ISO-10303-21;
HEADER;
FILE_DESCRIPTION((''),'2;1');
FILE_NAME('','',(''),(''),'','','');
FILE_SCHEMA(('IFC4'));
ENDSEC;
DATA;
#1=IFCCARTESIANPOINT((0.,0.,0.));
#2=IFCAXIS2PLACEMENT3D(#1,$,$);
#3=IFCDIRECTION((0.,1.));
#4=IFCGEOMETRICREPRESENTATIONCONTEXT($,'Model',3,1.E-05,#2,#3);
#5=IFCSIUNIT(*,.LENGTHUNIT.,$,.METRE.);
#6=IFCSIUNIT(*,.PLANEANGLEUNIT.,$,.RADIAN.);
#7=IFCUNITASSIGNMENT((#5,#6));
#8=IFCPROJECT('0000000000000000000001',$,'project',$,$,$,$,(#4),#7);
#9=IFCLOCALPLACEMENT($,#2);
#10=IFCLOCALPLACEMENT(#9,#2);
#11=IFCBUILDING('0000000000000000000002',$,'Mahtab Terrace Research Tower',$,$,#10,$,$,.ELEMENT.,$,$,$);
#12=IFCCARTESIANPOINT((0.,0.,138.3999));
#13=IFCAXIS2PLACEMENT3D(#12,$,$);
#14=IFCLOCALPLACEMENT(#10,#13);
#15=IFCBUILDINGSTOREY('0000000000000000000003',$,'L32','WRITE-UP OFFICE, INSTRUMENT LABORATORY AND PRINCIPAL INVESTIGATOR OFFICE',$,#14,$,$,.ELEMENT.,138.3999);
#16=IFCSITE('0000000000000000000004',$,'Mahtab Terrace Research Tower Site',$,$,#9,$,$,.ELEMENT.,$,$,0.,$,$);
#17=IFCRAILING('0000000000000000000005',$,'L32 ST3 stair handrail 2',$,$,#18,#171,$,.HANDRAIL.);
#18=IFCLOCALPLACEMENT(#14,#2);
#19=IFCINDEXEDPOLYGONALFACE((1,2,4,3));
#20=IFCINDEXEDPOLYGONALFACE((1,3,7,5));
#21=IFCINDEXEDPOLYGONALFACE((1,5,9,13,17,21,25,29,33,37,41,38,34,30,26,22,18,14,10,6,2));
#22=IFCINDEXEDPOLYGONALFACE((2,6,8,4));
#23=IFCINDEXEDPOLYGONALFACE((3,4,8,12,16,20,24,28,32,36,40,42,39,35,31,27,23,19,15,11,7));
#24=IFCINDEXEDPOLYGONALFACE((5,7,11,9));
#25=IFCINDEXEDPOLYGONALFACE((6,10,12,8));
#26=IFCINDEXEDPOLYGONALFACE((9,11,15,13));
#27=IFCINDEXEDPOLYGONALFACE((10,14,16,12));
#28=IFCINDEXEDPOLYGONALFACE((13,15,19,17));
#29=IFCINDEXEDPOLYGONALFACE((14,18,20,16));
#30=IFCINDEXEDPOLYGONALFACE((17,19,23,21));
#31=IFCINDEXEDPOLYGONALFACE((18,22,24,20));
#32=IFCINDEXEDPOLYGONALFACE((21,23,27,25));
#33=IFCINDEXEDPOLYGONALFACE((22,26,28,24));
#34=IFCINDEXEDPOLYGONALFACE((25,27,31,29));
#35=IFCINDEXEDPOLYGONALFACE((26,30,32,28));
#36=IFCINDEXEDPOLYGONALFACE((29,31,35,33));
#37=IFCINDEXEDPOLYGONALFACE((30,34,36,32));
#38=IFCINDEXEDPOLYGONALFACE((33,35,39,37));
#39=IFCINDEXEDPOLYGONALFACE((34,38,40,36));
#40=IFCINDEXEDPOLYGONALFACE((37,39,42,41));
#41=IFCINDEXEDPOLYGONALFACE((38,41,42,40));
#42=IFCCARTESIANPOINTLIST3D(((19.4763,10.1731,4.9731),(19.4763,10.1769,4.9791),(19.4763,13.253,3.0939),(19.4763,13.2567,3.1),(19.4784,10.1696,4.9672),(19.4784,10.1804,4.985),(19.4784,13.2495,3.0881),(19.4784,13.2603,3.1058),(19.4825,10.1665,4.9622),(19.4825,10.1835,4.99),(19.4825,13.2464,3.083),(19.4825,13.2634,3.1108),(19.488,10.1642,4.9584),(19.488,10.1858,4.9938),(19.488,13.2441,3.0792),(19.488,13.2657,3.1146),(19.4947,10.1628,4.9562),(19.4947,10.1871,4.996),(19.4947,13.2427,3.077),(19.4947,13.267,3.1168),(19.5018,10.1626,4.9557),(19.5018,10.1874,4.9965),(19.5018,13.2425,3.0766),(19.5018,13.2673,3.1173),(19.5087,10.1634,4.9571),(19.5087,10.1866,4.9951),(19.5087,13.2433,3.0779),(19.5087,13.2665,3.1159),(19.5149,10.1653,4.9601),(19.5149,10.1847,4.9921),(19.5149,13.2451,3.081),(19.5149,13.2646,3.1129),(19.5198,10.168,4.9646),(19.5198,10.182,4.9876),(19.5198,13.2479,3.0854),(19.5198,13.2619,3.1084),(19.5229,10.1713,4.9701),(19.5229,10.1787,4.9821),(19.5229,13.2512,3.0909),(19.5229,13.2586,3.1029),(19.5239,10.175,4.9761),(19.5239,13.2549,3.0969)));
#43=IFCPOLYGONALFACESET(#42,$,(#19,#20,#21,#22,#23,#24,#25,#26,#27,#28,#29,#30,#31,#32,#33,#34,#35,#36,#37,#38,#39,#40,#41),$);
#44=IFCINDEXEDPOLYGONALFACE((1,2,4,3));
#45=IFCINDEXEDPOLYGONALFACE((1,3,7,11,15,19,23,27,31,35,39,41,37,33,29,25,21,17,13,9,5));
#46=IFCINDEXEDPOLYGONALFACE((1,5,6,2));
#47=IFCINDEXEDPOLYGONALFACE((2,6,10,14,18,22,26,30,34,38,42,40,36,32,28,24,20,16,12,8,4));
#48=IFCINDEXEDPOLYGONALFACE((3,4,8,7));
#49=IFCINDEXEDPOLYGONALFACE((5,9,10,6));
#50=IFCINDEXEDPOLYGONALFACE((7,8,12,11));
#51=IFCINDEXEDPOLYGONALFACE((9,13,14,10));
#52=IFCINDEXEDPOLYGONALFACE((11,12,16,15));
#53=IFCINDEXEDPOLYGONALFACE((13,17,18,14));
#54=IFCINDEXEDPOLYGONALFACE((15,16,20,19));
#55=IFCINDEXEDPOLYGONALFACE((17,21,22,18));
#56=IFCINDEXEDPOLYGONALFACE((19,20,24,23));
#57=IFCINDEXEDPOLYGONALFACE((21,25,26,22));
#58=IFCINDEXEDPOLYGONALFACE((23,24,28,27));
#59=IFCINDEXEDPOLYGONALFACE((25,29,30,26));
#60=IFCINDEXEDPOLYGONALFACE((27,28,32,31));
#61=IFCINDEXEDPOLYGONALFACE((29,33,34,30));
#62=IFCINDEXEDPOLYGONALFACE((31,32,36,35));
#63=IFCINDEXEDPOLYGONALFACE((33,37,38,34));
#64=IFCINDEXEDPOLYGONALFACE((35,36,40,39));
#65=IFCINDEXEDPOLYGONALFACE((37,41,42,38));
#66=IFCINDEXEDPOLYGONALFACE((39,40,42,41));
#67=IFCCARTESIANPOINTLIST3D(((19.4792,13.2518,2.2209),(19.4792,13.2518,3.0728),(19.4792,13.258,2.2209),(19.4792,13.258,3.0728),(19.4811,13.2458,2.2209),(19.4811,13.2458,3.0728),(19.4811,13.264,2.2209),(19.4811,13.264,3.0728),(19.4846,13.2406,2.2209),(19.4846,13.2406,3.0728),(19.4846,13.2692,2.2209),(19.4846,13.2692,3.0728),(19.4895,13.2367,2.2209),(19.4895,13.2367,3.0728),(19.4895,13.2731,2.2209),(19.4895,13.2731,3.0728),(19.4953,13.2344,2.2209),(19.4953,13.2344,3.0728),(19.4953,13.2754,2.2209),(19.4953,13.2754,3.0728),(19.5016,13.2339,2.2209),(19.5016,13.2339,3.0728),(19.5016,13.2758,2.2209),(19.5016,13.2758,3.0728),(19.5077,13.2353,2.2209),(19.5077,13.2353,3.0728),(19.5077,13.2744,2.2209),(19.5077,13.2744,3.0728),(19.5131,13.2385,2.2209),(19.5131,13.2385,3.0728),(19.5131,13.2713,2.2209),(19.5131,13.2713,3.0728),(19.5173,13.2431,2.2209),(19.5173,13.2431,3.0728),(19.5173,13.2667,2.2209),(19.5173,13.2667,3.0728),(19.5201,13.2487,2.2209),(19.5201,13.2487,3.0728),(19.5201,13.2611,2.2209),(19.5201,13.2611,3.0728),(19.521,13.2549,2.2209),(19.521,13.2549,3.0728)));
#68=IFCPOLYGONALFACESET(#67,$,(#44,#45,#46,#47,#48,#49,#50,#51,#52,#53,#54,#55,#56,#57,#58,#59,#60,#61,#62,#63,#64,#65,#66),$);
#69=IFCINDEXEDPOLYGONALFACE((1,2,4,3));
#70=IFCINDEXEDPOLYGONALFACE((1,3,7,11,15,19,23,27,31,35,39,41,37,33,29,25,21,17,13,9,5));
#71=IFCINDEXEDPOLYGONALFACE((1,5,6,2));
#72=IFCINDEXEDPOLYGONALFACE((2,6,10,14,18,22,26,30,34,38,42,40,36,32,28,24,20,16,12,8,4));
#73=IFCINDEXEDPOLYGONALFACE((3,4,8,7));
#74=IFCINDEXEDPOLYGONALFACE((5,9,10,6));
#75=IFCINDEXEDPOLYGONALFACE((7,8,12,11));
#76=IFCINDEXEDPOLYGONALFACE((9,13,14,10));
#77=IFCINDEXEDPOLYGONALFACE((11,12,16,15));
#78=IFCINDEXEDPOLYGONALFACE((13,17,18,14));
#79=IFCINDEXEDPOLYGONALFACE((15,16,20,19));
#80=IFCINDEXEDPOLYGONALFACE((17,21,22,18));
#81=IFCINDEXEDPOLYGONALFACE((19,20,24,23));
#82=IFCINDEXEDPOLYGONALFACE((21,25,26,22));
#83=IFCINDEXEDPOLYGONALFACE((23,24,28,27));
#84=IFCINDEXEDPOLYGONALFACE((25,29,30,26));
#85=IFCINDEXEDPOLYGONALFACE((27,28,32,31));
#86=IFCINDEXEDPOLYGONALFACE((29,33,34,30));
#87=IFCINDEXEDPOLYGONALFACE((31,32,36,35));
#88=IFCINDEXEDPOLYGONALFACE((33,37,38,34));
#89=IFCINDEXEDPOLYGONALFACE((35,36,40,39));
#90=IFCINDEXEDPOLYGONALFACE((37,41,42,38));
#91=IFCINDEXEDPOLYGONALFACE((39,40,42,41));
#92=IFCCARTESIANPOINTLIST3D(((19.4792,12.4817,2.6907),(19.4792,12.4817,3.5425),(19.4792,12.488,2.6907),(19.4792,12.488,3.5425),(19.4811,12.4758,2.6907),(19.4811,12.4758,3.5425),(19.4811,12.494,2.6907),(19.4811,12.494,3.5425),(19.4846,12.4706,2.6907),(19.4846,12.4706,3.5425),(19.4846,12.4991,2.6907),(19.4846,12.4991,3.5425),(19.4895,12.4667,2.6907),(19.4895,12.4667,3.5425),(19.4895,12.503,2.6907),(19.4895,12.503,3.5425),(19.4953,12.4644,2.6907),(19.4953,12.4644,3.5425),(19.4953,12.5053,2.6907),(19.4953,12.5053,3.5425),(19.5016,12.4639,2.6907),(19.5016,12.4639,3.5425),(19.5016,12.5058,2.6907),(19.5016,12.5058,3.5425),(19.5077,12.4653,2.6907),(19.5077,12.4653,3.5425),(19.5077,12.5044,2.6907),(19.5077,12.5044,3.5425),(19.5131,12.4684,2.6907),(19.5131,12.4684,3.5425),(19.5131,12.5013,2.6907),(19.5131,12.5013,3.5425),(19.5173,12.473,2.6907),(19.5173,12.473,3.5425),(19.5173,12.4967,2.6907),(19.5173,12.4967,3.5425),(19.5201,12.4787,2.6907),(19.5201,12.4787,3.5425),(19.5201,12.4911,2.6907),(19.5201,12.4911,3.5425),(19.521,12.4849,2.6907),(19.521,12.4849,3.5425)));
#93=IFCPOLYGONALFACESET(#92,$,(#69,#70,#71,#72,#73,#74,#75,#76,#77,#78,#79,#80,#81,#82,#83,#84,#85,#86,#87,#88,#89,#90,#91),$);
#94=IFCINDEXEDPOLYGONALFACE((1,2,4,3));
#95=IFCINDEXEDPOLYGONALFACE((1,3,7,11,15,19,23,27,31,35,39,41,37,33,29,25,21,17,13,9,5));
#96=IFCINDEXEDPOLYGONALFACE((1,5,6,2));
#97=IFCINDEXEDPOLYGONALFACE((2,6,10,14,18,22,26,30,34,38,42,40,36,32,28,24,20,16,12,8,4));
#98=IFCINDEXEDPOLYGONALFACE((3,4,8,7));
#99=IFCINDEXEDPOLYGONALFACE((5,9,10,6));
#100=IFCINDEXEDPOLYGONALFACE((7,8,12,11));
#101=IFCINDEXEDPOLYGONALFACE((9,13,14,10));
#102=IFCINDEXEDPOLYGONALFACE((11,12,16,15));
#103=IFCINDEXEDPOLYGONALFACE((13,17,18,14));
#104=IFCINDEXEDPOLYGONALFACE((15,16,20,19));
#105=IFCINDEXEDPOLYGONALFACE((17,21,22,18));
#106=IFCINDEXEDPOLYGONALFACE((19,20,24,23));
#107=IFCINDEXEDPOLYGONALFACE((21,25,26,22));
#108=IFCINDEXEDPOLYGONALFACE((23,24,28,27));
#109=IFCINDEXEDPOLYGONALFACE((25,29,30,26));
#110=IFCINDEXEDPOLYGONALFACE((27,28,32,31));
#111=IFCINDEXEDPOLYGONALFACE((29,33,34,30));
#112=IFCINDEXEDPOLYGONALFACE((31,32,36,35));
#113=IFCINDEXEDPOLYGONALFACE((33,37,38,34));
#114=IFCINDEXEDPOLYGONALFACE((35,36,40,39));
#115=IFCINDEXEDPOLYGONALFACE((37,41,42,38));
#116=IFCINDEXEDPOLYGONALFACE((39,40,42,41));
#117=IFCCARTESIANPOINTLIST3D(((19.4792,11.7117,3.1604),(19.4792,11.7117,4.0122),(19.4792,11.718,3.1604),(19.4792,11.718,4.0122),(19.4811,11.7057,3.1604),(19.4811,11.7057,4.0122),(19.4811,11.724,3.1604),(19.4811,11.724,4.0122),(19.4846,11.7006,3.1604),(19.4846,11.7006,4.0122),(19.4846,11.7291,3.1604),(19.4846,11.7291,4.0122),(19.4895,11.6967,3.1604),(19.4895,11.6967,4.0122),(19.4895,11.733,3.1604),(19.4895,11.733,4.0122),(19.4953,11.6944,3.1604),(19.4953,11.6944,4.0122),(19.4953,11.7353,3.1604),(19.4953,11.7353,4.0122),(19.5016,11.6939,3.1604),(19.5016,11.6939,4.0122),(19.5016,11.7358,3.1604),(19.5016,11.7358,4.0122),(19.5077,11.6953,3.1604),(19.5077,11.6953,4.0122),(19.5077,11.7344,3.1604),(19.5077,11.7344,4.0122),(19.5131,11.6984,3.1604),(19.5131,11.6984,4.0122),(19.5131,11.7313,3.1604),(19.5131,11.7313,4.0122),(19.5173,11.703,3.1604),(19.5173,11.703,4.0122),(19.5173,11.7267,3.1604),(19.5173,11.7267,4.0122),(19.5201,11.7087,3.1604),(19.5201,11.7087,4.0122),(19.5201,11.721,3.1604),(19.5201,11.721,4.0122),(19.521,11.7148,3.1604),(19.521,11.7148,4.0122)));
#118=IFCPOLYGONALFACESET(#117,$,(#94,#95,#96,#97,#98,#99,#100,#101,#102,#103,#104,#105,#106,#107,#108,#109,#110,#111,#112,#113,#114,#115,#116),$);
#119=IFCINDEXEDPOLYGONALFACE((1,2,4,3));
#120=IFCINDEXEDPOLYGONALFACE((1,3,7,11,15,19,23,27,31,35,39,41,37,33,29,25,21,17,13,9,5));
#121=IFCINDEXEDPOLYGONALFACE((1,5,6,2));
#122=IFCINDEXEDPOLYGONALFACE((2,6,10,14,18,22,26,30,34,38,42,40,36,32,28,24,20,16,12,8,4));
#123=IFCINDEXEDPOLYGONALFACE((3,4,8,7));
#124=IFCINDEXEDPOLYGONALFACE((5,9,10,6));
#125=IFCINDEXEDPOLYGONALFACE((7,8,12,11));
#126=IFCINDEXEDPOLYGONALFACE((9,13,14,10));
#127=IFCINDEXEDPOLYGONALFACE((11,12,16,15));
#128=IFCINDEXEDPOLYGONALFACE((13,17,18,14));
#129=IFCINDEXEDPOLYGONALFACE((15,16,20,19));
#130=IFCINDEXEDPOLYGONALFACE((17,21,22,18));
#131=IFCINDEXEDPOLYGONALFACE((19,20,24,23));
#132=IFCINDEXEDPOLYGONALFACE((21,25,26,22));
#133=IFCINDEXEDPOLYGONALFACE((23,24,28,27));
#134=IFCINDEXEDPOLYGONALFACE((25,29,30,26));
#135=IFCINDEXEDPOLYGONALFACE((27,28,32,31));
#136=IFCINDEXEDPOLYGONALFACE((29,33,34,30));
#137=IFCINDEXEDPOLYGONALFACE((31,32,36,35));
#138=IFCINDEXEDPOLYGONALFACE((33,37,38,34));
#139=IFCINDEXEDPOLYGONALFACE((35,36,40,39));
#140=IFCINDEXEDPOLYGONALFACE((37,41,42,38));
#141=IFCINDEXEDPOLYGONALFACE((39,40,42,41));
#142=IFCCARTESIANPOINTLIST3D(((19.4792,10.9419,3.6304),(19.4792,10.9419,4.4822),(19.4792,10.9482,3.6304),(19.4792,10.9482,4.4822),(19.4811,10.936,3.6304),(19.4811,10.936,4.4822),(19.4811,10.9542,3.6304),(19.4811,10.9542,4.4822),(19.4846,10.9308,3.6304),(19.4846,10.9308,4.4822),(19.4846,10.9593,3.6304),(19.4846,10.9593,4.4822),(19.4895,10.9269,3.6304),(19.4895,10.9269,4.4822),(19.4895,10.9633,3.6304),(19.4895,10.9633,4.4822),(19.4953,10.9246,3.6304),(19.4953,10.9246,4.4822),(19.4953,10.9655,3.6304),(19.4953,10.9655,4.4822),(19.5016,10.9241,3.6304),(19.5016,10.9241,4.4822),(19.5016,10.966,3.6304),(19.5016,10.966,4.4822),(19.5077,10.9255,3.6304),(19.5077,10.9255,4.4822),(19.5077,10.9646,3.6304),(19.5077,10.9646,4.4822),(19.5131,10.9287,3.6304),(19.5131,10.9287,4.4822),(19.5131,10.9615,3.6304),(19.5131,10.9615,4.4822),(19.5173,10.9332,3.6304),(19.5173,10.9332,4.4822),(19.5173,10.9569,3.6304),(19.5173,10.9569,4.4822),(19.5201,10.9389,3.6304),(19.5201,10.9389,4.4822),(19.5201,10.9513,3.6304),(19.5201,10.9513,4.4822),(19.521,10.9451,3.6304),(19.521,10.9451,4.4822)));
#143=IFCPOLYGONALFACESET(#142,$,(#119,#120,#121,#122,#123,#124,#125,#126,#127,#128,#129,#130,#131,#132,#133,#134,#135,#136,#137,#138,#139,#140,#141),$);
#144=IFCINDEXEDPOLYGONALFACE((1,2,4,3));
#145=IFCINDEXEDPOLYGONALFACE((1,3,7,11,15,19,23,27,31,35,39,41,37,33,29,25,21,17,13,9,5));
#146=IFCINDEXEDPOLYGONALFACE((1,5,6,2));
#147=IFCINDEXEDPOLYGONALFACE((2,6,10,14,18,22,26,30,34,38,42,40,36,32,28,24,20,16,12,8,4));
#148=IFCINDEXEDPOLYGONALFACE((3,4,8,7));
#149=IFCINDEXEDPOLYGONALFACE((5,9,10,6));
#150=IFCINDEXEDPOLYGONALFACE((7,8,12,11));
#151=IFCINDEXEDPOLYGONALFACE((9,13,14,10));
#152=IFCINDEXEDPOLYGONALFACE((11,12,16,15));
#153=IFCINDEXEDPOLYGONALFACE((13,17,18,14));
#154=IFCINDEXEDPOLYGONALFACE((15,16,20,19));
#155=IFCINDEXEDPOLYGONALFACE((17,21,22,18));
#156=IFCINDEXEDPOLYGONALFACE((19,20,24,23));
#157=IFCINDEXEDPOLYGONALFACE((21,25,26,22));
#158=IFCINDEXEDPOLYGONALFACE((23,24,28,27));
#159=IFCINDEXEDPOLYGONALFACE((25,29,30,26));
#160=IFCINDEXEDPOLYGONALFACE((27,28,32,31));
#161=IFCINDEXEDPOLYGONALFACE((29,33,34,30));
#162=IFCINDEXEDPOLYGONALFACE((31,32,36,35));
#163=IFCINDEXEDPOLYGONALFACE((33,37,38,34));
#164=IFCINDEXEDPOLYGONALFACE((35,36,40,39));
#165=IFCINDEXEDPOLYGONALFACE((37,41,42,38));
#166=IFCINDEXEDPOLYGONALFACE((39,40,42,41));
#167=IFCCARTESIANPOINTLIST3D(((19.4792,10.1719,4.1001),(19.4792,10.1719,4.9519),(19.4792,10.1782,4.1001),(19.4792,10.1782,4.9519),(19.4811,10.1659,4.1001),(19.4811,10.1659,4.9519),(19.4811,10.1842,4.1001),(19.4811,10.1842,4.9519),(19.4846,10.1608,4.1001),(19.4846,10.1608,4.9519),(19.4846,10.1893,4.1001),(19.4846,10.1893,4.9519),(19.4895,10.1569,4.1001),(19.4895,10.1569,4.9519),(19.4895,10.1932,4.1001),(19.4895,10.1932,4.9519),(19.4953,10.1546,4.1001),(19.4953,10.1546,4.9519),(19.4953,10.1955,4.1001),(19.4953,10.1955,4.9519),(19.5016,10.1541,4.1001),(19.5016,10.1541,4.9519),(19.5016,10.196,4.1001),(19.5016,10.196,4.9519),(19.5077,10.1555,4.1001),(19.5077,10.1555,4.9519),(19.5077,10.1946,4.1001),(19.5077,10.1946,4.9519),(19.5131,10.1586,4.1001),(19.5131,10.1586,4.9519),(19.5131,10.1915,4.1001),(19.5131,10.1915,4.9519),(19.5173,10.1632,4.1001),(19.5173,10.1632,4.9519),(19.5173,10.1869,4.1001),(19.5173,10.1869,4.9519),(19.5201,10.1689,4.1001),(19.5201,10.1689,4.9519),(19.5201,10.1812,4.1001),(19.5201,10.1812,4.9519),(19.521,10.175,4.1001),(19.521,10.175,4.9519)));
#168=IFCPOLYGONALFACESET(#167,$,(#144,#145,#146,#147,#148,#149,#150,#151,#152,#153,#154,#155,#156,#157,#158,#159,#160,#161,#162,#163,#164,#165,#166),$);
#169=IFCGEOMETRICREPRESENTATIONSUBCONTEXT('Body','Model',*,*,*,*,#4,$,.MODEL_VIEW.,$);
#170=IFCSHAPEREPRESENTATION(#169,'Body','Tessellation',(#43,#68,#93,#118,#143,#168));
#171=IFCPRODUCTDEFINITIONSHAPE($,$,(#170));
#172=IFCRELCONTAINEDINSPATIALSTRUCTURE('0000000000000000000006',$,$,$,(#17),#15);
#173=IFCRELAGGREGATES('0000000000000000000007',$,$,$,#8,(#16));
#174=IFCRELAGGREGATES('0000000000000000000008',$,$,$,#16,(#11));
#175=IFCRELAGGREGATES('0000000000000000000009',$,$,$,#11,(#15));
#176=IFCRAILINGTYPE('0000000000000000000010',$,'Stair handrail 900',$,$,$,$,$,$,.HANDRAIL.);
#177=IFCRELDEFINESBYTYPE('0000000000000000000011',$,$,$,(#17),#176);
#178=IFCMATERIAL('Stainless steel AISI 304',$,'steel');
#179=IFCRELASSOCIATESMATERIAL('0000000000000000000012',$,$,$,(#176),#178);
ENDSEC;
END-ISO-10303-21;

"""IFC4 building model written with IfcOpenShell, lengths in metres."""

from ifc_helpers import new_model, si_unit, direction, frame, origin, origin_2d, place, context, subcontext, project, spatial, circle, extrude, material, type_object, element, save


model = new_model("IFC4")

# Units and contexts
model_context = context("Model", 3, precision=1e-05, world=origin(), true_north=direction((0.0, 1.0)))
body_context = subcontext(model_context, "Body", "Model", "MODEL_VIEW")
ifc_project = project(units=[si_unit("LENGTHUNIT", "METRE"), si_unit("PLANEANGLEUNIT", "RADIAN")], contexts=[model_context])

# Site, building, storey
site_placement = place(None, origin())
site = spatial("IfcSite", under=ifc_project, at=site_placement, Name="Mahtab Terrace Research Tower Site", CompositionType="ELEMENT", RefElevation=0.0)
building_placement = place(site_placement, origin())
building = spatial("IfcBuilding", under=site, at=building_placement, Name="Mahtab Terrace Research Tower", CompositionType="ELEMENT")
storey_placement = place(building_placement, frame((0.0, 0.0, 138.3999)))
storey = spatial("IfcBuildingStorey", under=building, at=storey_placement, Name="L32", Description="WRITE-UP OFFICE, INSTRUMENT LABORATORY AND PRINCIPAL INVESTIGATOR OFFICE", CompositionType="ELEMENT", Elevation=138.3999)

# Shared definitions
ifc_material_1 = material(Name="Stainless steel AISI 304", Category="steel")

# Railing
railing_type_1 = type_object("IfcRailingType", Name="Stair handrail 900", PredefinedType="HANDRAIL", material=ifc_material_1)
railing_1_placement = place(storey_placement, frame((19.5, 13.2549, 2.2209)))
element("IfcRailing", 1, at=railing_1_placement, inside=storey, type_object=railing_type_1, Name="L32 ST3 stair handrail 2", PredefinedType="HANDRAIL", context=body_context, shape_type="SweptSolid", body=[
    extrude(circle(Radius=0.0239, at=origin_2d()), frame((0.0, 0.0, 0.876), z_axis=(0.0, -0.853648, 0.52085), x_axis=(1.0, 0.0, 0.0)), (0.0, 0.0, 1.0), 3.6079),
    extrude(circle(Radius=0.021, at=origin_2d()), origin(), (0.0, 0.0, 1.0), 0.8518),
    extrude(circle(Radius=0.021, at=origin_2d()), frame((0.0, -0.77, 0.4697)), (0.0, 0.0, 1.0), 0.8518),
    extrude(circle(Radius=0.021, at=origin_2d()), frame((0.0, -1.54, 0.9395)), (0.0, 0.0, 1.0), 0.8518),
    extrude(circle(Radius=0.021, at=origin_2d()), frame((0.0, -2.3098, 1.4094)), (0.0, 0.0, 1.0), 0.8518),
    extrude(circle(Radius=0.021, at=origin_2d()), frame((0.0, -3.0798, 1.8792)), (0.0, 0.0, 1.0), 0.8518),
])

save(model, "model.ifc")
